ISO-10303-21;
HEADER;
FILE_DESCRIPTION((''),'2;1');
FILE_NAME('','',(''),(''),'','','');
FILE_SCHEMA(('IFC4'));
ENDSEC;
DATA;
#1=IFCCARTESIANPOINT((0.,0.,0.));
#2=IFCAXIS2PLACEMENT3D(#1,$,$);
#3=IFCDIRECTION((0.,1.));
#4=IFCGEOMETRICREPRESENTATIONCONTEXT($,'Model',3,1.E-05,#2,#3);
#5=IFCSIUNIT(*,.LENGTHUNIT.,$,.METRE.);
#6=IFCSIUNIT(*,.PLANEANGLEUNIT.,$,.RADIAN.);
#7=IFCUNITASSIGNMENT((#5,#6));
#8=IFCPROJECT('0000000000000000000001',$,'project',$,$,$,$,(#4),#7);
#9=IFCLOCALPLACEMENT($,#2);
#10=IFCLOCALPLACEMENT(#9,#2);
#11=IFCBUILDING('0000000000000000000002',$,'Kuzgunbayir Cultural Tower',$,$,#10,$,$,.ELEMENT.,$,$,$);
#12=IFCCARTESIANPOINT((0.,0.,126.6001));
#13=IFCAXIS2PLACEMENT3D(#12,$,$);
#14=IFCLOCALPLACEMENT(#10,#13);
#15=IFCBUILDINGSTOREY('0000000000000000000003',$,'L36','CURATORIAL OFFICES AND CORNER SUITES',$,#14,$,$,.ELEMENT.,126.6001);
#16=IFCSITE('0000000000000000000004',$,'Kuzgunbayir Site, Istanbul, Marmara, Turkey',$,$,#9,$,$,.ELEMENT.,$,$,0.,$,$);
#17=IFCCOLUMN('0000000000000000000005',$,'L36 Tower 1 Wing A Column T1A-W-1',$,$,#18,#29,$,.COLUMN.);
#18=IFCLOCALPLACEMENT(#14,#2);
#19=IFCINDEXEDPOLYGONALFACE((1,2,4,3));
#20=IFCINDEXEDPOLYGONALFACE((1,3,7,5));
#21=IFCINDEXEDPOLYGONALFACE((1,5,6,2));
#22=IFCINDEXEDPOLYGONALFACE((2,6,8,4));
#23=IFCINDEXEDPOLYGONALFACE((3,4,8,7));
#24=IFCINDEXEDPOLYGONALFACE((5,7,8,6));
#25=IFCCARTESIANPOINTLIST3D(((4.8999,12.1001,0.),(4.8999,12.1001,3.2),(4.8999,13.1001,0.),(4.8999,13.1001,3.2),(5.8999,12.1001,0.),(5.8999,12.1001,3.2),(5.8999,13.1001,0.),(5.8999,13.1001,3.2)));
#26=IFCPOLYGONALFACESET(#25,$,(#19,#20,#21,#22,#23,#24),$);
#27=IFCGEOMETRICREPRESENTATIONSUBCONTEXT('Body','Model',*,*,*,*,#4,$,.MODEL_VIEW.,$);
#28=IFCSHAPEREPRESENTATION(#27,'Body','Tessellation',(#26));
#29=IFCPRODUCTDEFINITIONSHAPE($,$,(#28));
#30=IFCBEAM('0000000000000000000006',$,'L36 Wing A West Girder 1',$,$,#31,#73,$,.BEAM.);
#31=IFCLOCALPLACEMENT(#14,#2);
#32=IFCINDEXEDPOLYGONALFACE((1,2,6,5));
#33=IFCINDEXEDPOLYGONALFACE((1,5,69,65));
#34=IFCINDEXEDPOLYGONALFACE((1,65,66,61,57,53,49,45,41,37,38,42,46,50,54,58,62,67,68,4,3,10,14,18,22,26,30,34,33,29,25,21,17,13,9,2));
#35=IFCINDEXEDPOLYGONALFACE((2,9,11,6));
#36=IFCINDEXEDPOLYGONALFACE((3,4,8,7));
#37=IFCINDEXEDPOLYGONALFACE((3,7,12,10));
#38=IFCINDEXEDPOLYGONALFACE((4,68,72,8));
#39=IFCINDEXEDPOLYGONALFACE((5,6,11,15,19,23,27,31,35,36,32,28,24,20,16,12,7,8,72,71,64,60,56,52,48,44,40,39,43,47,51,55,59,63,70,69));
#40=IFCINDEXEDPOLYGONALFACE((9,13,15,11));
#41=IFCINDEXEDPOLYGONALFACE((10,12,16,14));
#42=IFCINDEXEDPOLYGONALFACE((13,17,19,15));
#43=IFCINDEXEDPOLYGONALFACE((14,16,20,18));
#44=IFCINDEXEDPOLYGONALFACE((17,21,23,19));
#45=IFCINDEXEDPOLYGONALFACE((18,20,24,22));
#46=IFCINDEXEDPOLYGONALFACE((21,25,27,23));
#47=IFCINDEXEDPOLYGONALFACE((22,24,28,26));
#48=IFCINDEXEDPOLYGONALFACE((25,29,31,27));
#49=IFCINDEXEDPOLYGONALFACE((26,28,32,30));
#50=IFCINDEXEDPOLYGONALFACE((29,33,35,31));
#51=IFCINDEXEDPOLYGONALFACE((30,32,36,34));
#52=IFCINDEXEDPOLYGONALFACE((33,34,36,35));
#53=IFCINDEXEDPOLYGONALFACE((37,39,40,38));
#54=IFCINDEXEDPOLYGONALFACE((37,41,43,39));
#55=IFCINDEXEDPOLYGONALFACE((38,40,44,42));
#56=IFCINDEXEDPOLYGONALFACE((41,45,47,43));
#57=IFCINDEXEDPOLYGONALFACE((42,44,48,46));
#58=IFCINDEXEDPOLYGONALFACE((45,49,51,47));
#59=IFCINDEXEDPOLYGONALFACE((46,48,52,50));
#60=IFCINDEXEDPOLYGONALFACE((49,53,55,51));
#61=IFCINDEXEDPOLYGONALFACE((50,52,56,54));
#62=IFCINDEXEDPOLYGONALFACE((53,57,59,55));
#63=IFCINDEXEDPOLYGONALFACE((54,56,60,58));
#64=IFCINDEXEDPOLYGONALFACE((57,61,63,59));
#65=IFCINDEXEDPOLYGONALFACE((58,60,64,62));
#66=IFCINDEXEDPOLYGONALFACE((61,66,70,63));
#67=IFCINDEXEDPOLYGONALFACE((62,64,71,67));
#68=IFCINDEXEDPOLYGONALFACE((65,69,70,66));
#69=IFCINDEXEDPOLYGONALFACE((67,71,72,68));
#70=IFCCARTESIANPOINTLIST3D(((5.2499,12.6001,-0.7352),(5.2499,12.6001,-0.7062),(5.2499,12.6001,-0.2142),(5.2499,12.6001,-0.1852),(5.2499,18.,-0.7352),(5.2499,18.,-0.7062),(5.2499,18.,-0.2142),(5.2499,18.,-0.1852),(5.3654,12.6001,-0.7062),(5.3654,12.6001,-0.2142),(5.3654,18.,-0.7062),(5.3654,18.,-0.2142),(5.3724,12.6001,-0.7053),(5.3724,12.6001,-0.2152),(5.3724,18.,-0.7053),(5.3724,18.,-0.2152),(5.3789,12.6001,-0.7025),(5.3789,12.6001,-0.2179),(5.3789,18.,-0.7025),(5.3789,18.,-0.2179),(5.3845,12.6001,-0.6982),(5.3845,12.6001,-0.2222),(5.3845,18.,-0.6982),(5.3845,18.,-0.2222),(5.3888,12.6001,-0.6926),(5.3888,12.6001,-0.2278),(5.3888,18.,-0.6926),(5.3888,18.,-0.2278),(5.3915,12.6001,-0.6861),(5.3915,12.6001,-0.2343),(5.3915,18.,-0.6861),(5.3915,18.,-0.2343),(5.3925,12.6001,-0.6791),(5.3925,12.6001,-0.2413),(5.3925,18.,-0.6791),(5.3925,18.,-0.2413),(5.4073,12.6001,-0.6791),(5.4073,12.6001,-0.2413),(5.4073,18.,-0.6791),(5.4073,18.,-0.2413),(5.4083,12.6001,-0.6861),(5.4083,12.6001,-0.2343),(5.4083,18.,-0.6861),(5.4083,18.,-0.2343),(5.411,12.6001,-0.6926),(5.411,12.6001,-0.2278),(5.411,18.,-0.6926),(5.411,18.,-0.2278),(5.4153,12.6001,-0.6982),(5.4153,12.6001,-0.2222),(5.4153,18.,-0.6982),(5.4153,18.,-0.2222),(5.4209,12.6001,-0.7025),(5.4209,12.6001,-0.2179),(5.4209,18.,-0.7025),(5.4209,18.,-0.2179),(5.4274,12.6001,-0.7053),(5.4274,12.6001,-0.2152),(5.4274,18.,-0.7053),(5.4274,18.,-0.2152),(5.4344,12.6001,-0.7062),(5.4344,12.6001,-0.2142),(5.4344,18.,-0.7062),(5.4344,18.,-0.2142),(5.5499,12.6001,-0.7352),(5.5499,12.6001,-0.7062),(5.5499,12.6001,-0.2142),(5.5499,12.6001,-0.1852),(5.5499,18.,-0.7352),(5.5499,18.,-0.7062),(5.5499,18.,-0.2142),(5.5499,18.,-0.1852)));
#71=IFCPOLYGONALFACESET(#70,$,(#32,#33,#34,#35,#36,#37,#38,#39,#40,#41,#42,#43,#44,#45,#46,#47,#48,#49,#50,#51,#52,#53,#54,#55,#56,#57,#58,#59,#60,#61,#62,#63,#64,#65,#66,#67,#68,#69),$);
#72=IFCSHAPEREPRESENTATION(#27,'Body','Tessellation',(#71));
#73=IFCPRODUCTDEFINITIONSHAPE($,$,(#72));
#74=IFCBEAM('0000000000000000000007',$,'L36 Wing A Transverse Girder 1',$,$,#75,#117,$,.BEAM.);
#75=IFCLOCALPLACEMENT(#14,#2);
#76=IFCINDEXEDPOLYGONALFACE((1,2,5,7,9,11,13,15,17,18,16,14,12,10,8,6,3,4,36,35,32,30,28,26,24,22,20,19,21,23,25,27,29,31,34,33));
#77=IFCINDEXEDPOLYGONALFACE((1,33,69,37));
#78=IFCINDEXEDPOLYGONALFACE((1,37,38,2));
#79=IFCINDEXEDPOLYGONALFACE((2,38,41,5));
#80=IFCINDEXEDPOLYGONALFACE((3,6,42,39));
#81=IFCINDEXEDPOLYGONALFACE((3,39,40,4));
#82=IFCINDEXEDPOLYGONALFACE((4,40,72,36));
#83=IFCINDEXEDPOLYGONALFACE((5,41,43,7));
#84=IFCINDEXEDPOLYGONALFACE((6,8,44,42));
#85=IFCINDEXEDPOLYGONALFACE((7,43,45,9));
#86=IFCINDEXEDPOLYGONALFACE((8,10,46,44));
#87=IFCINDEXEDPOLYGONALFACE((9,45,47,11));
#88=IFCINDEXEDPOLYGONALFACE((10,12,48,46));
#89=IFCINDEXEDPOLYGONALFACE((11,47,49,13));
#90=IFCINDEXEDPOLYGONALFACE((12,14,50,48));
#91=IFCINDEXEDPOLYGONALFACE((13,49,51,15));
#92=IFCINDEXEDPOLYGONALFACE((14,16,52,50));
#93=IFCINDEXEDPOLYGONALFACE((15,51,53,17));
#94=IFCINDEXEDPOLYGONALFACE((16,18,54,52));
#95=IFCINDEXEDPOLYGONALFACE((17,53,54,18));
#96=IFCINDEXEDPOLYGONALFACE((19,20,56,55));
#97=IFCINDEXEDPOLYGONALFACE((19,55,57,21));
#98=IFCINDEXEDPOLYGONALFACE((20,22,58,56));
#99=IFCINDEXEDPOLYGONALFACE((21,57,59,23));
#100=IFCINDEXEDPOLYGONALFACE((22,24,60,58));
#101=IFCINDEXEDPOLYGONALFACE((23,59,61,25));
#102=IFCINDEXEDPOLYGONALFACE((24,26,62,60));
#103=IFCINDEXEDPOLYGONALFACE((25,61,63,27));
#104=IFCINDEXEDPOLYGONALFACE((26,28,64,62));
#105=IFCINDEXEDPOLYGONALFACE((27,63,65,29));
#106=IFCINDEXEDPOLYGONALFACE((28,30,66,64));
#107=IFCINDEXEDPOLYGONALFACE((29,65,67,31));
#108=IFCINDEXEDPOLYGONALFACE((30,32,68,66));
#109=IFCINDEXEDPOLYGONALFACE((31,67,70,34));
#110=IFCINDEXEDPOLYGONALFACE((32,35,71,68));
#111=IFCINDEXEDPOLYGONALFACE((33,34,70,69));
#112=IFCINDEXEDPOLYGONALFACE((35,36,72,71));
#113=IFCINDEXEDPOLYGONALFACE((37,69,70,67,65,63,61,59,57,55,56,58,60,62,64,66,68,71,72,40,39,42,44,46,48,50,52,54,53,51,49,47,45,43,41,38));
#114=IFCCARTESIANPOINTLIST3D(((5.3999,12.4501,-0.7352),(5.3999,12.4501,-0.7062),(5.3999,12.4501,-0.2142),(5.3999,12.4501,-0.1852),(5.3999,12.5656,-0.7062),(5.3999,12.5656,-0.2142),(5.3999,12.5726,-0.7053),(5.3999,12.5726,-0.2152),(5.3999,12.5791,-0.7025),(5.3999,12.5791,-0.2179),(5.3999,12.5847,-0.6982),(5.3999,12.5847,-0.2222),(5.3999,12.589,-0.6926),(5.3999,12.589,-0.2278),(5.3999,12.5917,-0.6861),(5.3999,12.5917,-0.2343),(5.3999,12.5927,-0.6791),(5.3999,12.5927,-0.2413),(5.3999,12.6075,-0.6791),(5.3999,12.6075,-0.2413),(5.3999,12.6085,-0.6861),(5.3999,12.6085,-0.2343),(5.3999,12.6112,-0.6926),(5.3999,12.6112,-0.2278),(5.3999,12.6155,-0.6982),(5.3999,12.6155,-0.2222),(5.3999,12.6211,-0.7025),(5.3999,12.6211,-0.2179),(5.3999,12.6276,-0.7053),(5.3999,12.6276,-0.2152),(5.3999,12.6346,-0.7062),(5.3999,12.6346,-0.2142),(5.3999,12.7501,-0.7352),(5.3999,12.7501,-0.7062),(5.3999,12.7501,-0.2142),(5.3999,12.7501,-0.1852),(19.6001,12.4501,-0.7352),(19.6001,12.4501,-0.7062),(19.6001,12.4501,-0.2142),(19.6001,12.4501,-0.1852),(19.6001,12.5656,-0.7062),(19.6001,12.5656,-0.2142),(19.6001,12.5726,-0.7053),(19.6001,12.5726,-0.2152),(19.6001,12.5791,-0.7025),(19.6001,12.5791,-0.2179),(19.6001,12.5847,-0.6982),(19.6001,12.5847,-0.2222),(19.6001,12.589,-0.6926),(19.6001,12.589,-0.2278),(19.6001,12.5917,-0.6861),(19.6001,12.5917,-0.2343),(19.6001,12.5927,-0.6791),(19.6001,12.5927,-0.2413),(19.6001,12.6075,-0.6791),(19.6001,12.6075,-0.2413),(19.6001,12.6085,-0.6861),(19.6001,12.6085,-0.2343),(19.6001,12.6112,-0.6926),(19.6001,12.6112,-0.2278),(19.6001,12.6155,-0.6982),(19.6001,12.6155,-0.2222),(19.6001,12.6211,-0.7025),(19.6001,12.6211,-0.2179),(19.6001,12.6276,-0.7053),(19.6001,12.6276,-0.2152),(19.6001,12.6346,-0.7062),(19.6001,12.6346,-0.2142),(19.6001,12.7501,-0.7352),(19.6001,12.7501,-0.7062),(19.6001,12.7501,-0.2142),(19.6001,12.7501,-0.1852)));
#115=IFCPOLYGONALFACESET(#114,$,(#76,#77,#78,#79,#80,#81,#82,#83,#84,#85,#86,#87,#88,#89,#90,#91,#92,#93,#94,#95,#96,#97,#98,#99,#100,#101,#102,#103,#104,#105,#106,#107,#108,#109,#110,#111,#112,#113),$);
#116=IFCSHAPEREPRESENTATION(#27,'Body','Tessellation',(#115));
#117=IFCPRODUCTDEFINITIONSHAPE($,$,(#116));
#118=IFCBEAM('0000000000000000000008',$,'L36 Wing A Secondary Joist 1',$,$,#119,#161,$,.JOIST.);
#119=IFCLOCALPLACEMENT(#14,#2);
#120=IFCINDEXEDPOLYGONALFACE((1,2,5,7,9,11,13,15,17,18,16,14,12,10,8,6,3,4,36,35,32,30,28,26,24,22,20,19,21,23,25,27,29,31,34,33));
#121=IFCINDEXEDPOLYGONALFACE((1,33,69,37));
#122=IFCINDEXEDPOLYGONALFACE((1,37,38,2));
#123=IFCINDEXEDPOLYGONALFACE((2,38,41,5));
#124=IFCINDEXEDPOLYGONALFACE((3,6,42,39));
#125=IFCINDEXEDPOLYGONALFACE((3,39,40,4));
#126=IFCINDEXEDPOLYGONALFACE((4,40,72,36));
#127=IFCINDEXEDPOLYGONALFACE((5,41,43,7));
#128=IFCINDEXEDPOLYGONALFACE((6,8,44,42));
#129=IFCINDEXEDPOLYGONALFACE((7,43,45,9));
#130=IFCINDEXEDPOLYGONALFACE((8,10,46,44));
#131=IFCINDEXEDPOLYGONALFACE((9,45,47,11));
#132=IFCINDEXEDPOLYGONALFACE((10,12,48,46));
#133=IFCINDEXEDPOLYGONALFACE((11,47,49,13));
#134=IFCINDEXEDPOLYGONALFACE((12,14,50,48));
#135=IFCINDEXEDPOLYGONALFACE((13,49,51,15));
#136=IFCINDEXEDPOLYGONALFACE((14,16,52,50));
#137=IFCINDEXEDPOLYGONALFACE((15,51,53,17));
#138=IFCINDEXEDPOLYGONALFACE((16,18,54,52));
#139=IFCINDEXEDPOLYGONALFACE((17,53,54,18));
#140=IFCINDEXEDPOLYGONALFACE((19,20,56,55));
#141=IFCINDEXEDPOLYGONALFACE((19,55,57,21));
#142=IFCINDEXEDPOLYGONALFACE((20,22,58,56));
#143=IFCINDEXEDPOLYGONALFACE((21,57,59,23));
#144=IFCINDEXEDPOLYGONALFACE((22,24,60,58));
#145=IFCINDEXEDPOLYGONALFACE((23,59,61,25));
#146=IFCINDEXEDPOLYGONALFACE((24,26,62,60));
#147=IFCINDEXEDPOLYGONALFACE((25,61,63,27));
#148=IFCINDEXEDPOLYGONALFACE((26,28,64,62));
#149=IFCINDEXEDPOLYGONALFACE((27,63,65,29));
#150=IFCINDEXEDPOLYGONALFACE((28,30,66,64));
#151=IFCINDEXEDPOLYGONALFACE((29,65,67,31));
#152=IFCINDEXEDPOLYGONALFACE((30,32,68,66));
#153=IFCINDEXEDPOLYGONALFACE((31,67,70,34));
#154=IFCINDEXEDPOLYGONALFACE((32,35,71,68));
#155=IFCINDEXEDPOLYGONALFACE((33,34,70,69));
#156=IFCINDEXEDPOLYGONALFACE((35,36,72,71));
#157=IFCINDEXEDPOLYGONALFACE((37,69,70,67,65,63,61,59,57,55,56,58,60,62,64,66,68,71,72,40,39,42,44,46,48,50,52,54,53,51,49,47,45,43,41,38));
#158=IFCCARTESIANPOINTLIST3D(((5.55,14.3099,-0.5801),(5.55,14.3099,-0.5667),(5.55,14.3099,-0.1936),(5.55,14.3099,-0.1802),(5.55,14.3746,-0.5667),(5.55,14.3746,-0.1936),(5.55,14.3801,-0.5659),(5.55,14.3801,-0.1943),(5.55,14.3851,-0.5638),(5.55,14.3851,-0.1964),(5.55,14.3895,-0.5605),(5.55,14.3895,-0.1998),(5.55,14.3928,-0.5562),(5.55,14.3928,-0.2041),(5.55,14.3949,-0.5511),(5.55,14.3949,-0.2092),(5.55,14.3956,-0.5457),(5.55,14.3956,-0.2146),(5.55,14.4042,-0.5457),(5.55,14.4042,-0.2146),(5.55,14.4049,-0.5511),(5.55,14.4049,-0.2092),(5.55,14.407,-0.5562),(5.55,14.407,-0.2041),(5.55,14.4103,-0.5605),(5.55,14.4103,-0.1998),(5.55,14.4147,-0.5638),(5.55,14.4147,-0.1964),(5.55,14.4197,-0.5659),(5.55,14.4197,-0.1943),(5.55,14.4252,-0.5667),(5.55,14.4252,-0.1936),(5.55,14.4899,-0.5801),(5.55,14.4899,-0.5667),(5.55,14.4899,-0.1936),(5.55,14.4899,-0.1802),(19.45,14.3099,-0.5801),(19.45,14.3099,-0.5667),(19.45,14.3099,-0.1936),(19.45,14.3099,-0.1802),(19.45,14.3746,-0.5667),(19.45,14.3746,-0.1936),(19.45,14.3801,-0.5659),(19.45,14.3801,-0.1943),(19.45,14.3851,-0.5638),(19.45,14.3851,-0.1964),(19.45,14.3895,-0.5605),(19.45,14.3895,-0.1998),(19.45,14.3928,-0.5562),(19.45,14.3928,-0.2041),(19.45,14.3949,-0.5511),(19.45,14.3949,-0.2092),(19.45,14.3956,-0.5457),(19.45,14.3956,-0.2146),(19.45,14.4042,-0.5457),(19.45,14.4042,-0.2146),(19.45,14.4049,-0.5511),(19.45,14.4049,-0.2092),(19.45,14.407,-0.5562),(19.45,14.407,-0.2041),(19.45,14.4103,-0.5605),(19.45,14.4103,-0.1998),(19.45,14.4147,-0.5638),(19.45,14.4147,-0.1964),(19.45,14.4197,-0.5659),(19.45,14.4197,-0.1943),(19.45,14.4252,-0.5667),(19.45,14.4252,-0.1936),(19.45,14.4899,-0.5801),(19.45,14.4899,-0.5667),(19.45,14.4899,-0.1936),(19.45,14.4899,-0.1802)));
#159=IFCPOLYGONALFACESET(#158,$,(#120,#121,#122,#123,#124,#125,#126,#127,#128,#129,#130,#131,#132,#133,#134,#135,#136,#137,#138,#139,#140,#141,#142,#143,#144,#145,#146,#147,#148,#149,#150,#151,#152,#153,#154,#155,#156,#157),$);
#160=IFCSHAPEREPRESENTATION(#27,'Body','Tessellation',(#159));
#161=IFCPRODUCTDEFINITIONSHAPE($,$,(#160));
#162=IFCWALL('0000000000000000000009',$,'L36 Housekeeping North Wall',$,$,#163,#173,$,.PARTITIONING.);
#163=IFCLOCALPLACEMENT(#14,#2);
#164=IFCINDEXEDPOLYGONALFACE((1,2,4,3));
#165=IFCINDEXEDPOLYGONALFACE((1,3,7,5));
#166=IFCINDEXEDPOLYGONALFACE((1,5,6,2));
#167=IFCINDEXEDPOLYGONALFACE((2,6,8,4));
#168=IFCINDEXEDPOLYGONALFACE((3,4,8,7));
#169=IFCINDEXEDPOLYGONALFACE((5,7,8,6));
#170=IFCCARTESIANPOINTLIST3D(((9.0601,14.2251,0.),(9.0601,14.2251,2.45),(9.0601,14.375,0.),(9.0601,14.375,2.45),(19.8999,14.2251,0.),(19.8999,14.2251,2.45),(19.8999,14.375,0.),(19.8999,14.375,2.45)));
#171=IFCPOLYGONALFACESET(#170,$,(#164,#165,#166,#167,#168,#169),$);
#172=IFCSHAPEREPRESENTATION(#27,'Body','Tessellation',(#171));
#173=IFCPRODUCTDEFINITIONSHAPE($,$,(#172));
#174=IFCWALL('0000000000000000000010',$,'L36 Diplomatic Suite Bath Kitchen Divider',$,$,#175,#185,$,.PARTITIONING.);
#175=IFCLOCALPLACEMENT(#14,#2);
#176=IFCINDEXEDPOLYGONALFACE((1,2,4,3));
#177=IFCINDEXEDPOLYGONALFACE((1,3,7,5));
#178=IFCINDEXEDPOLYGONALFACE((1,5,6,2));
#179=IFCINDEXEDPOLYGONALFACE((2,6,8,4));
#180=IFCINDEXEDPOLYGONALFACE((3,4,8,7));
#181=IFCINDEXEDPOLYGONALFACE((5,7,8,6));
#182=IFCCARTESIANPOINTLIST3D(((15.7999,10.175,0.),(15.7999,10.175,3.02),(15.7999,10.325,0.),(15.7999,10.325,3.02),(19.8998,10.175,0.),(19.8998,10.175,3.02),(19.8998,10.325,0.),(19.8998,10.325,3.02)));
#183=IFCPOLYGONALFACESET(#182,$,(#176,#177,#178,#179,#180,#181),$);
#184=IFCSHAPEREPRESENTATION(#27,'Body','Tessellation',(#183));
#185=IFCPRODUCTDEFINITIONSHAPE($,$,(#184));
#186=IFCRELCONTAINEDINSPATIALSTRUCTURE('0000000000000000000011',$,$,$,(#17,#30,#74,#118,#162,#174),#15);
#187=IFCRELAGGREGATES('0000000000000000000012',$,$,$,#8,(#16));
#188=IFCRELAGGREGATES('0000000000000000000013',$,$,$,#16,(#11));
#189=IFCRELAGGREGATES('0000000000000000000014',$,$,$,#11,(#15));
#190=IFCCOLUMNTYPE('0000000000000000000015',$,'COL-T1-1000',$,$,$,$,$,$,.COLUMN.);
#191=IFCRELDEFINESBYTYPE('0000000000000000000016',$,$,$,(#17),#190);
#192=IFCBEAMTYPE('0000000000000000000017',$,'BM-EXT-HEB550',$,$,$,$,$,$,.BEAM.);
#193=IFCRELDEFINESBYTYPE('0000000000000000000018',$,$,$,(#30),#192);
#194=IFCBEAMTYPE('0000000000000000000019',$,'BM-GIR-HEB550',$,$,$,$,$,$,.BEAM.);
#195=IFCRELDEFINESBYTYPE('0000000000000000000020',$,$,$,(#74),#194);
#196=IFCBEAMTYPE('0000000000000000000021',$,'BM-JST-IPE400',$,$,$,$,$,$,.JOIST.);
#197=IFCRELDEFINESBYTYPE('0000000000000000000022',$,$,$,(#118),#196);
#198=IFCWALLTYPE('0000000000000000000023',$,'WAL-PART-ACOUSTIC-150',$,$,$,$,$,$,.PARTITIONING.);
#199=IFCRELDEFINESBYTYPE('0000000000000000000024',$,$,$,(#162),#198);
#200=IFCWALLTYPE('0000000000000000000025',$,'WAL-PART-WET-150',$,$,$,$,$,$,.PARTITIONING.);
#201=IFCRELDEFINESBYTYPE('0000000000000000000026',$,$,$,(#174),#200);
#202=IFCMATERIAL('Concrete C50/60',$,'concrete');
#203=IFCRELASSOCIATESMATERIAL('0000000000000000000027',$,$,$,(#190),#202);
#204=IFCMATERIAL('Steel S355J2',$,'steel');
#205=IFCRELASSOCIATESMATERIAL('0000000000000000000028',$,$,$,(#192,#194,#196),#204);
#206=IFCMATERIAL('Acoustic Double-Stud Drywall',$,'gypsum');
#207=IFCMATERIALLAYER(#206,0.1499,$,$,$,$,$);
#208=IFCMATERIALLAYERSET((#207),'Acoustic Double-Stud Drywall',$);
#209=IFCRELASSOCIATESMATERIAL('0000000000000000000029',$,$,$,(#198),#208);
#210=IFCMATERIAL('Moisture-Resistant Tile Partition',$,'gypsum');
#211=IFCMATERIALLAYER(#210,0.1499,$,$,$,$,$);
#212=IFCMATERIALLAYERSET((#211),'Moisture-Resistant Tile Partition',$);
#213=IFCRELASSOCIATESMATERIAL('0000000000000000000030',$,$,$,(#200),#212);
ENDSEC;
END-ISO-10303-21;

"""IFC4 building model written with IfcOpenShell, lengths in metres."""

from ifc_helpers import new_model, si_unit, direction, frame, frame_2d, origin, origin_2d, place, context, subcontext, project, spatial, rectangle, i_section, extrude, material, layer, layer_set, material_profile, profile_set, type_object, element, save


model = new_model("IFC4")

# Units and contexts
model_context = context("Model", 3, precision=1e-05, world=origin(), true_north=direction((0.0, 1.0)))
body_context = subcontext(model_context, "Body", "Model", "MODEL_VIEW")
ifc_project = project(units=[si_unit("LENGTHUNIT", "METRE"), si_unit("PLANEANGLEUNIT", "RADIAN")], contexts=[model_context])

# Site, building, storey
site_placement = place(None, origin())
site = spatial("IfcSite", under=ifc_project, at=site_placement, Name="Kuzgunbayir Site, Istanbul, Marmara, Turkey", CompositionType="ELEMENT", RefElevation=0.0)
building_placement = place(site_placement, origin())
building = spatial("IfcBuilding", under=site, at=building_placement, Name="Kuzgunbayir Cultural Tower", CompositionType="ELEMENT")
storey_placement = place(building_placement, frame((0.0, 0.0, 126.6001)))
storey = spatial("IfcBuildingStorey", under=building, at=storey_placement, Name="L36", Description="CURATORIAL OFFICES AND CORNER SUITES", CompositionType="ELEMENT", Elevation=126.6001)

# Column
ifc_material_1 = material(Name="Concrete C50/60", Category="concrete")
ifc_material_profile_1 = material_profile(ifc_material_1, rectangle(XDim=1.0, YDim=1.0, at=origin_2d()), Name="RC 1000x1000")
ifc_profile_set_1 = profile_set([ifc_material_profile_1], Name="Concrete C50/60")
column_type = type_object("IfcColumnType", Name="COL-T1-1000", PredefinedType="COLUMN", material=ifc_profile_set_1)
column_placement = place(storey_placement, frame((5.3999, 12.6001, 0.0), z_axis=(0.0, 0.0, 1.0), x_axis=(1.0, 0.0, 0.0)))
element("IfcColumn", 1, at=column_placement, inside=storey, type_object=column_type, Name="L36 Tower 1 Wing A Column T1A-W-1", PredefinedType="COLUMN", context=body_context, shape_type="SweptSolid", body=[
    extrude(rectangle(XDim=1.0, YDim=1.0, at=origin_2d()), origin(), (0.0, 0.0, 1.0), 3.2),
])

# Beams
ifc_material_2 = material(Name="Steel S355J2", Category="steel")
ifc_material_profile_2 = material_profile(ifc_material_2, i_section(OverallWidth=0.3, OverallDepth=0.55, WebThickness=0.0149, FlangeThickness=0.0291, FilletRadius=0.0271, at=origin_2d()), Name="HEB 550")
ifc_profile_set_2 = profile_set([ifc_material_profile_2], Name="Steel S355J2")
beam_type_1 = type_object("IfcBeamType", Name="BM-EXT-HEB550", PredefinedType="BEAM", material=ifc_profile_set_2)
beam_1_placement = place(storey_placement, frame((5.3999, 12.6001, -0.4602), z_axis=(0.0, 1.0, 0.0), x_axis=(-1.0, 0.0, 0.0)))
element("IfcBeam", 2, at=beam_1_placement, inside=storey, type_object=beam_type_1, Name="L36 Wing A West Girder 1", PredefinedType="BEAM", context=body_context, shape_type="SweptSolid", body=[
    extrude(i_section(OverallWidth=0.3, OverallDepth=0.55, WebThickness=0.0149, FlangeThickness=0.0291, FilletRadius=0.0271, at=origin_2d()), origin(), (0.0, 0.0, 1.0), 5.3999),
])
ifc_material_profile_3 = material_profile(ifc_material_2, i_section(OverallWidth=0.3, OverallDepth=0.55, WebThickness=0.0149, FlangeThickness=0.0291, FilletRadius=0.0271, at=origin_2d()), Name="HEB 550")
ifc_profile_set_3 = profile_set([ifc_material_profile_3], Name="Steel S355J2")
beam_type_2 = type_object("IfcBeamType", Name="BM-GIR-HEB550", PredefinedType="BEAM", material=ifc_profile_set_3)
beam_2_placement = place(storey_placement, frame((5.3999, 12.6001, -0.4602), z_axis=(1.0, 0.0, 0.0), x_axis=(0.0, 1.0, 0.0)))
element("IfcBeam", 3, at=beam_2_placement, inside=storey, type_object=beam_type_2, Name="L36 Wing A Transverse Girder 1", PredefinedType="BEAM", context=body_context, shape_type="SweptSolid", body=[
    extrude(i_section(OverallWidth=0.3, OverallDepth=0.55, WebThickness=0.0149, FlangeThickness=0.0291, FilletRadius=0.0271, at=origin_2d()), origin(), (0.0, 0.0, 1.0), 14.2002),
])
ifc_material_profile_4 = material_profile(ifc_material_2, i_section(OverallWidth=0.1799, OverallDepth=0.3999, WebThickness=0.0085, FlangeThickness=0.0134, FilletRadius=0.021, at=origin_2d()), Name="IPE 400")
ifc_profile_set_4 = profile_set([ifc_material_profile_4], Name="Steel S355J2")
beam_type_3 = type_object("IfcBeamType", Name="BM-JST-IPE400", PredefinedType="JOIST", material=ifc_profile_set_4)
beam_3_placement = place(storey_placement, frame((5.55, 14.3999, -0.3801), z_axis=(1.0, 0.0, 0.0), x_axis=(0.0, 1.0, 0.0)))
element("IfcBeam", 4, at=beam_3_placement, inside=storey, type_object=beam_type_3, Name="L36 Wing A Secondary Joist 1", PredefinedType="JOIST", context=body_context, shape_type="SweptSolid", body=[
    extrude(i_section(OverallWidth=0.1799, OverallDepth=0.3999, WebThickness=0.0085, FlangeThickness=0.0134, FilletRadius=0.021, at=origin_2d()), origin(), (0.0, 0.0, 1.0), 13.8999),
])

# Wall
ifc_material_3 = material(Name="Acoustic Double-Stud Drywall", Category="gypsum")
ifc_layer_1 = layer(ifc_material_3, 0.1499)
ifc_layer_set_1 = layer_set([ifc_layer_1], Name="Acoustic Double-Stud Drywall")
wall_type_1 = type_object("IfcWallType", Name="WAL-PART-ACOUSTIC-150", PredefinedType="PARTITIONING", material=ifc_layer_set_1)
wall_1_placement = place(storey_placement, frame((9.0601, 14.3, 0.0), z_axis=(0.0, 0.0, 1.0), x_axis=(1.0, 0.0, 0.0)))
element("IfcWall", 5, at=wall_1_placement, inside=storey, type_object=wall_type_1, Name="L36 Housekeeping North Wall", PredefinedType="PARTITIONING", context=body_context, shape_type="SweptSolid", body=[
    extrude(rectangle(XDim=10.8398, YDim=0.1499, at=frame_2d((5.4199, 0.0))), origin(), (0.0, 0.0, 1.0), 2.45),
])

# Shared definitions
ifc_material_4 = material(Name="Moisture-Resistant Tile Partition", Category="gypsum")
ifc_layer_2 = layer(ifc_material_4, 0.1499)
ifc_layer_set_2 = layer_set([ifc_layer_2], Name="Moisture-Resistant Tile Partition")
wall_type_2 = type_object("IfcWallType", Name="WAL-PART-WET-150", PredefinedType="PARTITIONING", material=ifc_layer_set_2)

# Wall
wall_2_placement = place(storey_placement, frame((15.8, 10.25, 0.0), z_axis=(0.0, 0.0, 1.0), x_axis=(1.0, 0.0, 0.0)))
element("IfcWall", 6, at=wall_2_placement, inside=storey, type_object=wall_type_2, Name="L36 Diplomatic Suite Bath Kitchen Divider", PredefinedType="PARTITIONING", context=body_context, shape_type="SweptSolid", body=[
    extrude(rectangle(XDim=4.0999, YDim=0.1499, at=frame_2d((2.0498, 0.0))), origin(), (0.0, 0.0, 1.0), 3.02),
])

save(model, "model.ifc")
